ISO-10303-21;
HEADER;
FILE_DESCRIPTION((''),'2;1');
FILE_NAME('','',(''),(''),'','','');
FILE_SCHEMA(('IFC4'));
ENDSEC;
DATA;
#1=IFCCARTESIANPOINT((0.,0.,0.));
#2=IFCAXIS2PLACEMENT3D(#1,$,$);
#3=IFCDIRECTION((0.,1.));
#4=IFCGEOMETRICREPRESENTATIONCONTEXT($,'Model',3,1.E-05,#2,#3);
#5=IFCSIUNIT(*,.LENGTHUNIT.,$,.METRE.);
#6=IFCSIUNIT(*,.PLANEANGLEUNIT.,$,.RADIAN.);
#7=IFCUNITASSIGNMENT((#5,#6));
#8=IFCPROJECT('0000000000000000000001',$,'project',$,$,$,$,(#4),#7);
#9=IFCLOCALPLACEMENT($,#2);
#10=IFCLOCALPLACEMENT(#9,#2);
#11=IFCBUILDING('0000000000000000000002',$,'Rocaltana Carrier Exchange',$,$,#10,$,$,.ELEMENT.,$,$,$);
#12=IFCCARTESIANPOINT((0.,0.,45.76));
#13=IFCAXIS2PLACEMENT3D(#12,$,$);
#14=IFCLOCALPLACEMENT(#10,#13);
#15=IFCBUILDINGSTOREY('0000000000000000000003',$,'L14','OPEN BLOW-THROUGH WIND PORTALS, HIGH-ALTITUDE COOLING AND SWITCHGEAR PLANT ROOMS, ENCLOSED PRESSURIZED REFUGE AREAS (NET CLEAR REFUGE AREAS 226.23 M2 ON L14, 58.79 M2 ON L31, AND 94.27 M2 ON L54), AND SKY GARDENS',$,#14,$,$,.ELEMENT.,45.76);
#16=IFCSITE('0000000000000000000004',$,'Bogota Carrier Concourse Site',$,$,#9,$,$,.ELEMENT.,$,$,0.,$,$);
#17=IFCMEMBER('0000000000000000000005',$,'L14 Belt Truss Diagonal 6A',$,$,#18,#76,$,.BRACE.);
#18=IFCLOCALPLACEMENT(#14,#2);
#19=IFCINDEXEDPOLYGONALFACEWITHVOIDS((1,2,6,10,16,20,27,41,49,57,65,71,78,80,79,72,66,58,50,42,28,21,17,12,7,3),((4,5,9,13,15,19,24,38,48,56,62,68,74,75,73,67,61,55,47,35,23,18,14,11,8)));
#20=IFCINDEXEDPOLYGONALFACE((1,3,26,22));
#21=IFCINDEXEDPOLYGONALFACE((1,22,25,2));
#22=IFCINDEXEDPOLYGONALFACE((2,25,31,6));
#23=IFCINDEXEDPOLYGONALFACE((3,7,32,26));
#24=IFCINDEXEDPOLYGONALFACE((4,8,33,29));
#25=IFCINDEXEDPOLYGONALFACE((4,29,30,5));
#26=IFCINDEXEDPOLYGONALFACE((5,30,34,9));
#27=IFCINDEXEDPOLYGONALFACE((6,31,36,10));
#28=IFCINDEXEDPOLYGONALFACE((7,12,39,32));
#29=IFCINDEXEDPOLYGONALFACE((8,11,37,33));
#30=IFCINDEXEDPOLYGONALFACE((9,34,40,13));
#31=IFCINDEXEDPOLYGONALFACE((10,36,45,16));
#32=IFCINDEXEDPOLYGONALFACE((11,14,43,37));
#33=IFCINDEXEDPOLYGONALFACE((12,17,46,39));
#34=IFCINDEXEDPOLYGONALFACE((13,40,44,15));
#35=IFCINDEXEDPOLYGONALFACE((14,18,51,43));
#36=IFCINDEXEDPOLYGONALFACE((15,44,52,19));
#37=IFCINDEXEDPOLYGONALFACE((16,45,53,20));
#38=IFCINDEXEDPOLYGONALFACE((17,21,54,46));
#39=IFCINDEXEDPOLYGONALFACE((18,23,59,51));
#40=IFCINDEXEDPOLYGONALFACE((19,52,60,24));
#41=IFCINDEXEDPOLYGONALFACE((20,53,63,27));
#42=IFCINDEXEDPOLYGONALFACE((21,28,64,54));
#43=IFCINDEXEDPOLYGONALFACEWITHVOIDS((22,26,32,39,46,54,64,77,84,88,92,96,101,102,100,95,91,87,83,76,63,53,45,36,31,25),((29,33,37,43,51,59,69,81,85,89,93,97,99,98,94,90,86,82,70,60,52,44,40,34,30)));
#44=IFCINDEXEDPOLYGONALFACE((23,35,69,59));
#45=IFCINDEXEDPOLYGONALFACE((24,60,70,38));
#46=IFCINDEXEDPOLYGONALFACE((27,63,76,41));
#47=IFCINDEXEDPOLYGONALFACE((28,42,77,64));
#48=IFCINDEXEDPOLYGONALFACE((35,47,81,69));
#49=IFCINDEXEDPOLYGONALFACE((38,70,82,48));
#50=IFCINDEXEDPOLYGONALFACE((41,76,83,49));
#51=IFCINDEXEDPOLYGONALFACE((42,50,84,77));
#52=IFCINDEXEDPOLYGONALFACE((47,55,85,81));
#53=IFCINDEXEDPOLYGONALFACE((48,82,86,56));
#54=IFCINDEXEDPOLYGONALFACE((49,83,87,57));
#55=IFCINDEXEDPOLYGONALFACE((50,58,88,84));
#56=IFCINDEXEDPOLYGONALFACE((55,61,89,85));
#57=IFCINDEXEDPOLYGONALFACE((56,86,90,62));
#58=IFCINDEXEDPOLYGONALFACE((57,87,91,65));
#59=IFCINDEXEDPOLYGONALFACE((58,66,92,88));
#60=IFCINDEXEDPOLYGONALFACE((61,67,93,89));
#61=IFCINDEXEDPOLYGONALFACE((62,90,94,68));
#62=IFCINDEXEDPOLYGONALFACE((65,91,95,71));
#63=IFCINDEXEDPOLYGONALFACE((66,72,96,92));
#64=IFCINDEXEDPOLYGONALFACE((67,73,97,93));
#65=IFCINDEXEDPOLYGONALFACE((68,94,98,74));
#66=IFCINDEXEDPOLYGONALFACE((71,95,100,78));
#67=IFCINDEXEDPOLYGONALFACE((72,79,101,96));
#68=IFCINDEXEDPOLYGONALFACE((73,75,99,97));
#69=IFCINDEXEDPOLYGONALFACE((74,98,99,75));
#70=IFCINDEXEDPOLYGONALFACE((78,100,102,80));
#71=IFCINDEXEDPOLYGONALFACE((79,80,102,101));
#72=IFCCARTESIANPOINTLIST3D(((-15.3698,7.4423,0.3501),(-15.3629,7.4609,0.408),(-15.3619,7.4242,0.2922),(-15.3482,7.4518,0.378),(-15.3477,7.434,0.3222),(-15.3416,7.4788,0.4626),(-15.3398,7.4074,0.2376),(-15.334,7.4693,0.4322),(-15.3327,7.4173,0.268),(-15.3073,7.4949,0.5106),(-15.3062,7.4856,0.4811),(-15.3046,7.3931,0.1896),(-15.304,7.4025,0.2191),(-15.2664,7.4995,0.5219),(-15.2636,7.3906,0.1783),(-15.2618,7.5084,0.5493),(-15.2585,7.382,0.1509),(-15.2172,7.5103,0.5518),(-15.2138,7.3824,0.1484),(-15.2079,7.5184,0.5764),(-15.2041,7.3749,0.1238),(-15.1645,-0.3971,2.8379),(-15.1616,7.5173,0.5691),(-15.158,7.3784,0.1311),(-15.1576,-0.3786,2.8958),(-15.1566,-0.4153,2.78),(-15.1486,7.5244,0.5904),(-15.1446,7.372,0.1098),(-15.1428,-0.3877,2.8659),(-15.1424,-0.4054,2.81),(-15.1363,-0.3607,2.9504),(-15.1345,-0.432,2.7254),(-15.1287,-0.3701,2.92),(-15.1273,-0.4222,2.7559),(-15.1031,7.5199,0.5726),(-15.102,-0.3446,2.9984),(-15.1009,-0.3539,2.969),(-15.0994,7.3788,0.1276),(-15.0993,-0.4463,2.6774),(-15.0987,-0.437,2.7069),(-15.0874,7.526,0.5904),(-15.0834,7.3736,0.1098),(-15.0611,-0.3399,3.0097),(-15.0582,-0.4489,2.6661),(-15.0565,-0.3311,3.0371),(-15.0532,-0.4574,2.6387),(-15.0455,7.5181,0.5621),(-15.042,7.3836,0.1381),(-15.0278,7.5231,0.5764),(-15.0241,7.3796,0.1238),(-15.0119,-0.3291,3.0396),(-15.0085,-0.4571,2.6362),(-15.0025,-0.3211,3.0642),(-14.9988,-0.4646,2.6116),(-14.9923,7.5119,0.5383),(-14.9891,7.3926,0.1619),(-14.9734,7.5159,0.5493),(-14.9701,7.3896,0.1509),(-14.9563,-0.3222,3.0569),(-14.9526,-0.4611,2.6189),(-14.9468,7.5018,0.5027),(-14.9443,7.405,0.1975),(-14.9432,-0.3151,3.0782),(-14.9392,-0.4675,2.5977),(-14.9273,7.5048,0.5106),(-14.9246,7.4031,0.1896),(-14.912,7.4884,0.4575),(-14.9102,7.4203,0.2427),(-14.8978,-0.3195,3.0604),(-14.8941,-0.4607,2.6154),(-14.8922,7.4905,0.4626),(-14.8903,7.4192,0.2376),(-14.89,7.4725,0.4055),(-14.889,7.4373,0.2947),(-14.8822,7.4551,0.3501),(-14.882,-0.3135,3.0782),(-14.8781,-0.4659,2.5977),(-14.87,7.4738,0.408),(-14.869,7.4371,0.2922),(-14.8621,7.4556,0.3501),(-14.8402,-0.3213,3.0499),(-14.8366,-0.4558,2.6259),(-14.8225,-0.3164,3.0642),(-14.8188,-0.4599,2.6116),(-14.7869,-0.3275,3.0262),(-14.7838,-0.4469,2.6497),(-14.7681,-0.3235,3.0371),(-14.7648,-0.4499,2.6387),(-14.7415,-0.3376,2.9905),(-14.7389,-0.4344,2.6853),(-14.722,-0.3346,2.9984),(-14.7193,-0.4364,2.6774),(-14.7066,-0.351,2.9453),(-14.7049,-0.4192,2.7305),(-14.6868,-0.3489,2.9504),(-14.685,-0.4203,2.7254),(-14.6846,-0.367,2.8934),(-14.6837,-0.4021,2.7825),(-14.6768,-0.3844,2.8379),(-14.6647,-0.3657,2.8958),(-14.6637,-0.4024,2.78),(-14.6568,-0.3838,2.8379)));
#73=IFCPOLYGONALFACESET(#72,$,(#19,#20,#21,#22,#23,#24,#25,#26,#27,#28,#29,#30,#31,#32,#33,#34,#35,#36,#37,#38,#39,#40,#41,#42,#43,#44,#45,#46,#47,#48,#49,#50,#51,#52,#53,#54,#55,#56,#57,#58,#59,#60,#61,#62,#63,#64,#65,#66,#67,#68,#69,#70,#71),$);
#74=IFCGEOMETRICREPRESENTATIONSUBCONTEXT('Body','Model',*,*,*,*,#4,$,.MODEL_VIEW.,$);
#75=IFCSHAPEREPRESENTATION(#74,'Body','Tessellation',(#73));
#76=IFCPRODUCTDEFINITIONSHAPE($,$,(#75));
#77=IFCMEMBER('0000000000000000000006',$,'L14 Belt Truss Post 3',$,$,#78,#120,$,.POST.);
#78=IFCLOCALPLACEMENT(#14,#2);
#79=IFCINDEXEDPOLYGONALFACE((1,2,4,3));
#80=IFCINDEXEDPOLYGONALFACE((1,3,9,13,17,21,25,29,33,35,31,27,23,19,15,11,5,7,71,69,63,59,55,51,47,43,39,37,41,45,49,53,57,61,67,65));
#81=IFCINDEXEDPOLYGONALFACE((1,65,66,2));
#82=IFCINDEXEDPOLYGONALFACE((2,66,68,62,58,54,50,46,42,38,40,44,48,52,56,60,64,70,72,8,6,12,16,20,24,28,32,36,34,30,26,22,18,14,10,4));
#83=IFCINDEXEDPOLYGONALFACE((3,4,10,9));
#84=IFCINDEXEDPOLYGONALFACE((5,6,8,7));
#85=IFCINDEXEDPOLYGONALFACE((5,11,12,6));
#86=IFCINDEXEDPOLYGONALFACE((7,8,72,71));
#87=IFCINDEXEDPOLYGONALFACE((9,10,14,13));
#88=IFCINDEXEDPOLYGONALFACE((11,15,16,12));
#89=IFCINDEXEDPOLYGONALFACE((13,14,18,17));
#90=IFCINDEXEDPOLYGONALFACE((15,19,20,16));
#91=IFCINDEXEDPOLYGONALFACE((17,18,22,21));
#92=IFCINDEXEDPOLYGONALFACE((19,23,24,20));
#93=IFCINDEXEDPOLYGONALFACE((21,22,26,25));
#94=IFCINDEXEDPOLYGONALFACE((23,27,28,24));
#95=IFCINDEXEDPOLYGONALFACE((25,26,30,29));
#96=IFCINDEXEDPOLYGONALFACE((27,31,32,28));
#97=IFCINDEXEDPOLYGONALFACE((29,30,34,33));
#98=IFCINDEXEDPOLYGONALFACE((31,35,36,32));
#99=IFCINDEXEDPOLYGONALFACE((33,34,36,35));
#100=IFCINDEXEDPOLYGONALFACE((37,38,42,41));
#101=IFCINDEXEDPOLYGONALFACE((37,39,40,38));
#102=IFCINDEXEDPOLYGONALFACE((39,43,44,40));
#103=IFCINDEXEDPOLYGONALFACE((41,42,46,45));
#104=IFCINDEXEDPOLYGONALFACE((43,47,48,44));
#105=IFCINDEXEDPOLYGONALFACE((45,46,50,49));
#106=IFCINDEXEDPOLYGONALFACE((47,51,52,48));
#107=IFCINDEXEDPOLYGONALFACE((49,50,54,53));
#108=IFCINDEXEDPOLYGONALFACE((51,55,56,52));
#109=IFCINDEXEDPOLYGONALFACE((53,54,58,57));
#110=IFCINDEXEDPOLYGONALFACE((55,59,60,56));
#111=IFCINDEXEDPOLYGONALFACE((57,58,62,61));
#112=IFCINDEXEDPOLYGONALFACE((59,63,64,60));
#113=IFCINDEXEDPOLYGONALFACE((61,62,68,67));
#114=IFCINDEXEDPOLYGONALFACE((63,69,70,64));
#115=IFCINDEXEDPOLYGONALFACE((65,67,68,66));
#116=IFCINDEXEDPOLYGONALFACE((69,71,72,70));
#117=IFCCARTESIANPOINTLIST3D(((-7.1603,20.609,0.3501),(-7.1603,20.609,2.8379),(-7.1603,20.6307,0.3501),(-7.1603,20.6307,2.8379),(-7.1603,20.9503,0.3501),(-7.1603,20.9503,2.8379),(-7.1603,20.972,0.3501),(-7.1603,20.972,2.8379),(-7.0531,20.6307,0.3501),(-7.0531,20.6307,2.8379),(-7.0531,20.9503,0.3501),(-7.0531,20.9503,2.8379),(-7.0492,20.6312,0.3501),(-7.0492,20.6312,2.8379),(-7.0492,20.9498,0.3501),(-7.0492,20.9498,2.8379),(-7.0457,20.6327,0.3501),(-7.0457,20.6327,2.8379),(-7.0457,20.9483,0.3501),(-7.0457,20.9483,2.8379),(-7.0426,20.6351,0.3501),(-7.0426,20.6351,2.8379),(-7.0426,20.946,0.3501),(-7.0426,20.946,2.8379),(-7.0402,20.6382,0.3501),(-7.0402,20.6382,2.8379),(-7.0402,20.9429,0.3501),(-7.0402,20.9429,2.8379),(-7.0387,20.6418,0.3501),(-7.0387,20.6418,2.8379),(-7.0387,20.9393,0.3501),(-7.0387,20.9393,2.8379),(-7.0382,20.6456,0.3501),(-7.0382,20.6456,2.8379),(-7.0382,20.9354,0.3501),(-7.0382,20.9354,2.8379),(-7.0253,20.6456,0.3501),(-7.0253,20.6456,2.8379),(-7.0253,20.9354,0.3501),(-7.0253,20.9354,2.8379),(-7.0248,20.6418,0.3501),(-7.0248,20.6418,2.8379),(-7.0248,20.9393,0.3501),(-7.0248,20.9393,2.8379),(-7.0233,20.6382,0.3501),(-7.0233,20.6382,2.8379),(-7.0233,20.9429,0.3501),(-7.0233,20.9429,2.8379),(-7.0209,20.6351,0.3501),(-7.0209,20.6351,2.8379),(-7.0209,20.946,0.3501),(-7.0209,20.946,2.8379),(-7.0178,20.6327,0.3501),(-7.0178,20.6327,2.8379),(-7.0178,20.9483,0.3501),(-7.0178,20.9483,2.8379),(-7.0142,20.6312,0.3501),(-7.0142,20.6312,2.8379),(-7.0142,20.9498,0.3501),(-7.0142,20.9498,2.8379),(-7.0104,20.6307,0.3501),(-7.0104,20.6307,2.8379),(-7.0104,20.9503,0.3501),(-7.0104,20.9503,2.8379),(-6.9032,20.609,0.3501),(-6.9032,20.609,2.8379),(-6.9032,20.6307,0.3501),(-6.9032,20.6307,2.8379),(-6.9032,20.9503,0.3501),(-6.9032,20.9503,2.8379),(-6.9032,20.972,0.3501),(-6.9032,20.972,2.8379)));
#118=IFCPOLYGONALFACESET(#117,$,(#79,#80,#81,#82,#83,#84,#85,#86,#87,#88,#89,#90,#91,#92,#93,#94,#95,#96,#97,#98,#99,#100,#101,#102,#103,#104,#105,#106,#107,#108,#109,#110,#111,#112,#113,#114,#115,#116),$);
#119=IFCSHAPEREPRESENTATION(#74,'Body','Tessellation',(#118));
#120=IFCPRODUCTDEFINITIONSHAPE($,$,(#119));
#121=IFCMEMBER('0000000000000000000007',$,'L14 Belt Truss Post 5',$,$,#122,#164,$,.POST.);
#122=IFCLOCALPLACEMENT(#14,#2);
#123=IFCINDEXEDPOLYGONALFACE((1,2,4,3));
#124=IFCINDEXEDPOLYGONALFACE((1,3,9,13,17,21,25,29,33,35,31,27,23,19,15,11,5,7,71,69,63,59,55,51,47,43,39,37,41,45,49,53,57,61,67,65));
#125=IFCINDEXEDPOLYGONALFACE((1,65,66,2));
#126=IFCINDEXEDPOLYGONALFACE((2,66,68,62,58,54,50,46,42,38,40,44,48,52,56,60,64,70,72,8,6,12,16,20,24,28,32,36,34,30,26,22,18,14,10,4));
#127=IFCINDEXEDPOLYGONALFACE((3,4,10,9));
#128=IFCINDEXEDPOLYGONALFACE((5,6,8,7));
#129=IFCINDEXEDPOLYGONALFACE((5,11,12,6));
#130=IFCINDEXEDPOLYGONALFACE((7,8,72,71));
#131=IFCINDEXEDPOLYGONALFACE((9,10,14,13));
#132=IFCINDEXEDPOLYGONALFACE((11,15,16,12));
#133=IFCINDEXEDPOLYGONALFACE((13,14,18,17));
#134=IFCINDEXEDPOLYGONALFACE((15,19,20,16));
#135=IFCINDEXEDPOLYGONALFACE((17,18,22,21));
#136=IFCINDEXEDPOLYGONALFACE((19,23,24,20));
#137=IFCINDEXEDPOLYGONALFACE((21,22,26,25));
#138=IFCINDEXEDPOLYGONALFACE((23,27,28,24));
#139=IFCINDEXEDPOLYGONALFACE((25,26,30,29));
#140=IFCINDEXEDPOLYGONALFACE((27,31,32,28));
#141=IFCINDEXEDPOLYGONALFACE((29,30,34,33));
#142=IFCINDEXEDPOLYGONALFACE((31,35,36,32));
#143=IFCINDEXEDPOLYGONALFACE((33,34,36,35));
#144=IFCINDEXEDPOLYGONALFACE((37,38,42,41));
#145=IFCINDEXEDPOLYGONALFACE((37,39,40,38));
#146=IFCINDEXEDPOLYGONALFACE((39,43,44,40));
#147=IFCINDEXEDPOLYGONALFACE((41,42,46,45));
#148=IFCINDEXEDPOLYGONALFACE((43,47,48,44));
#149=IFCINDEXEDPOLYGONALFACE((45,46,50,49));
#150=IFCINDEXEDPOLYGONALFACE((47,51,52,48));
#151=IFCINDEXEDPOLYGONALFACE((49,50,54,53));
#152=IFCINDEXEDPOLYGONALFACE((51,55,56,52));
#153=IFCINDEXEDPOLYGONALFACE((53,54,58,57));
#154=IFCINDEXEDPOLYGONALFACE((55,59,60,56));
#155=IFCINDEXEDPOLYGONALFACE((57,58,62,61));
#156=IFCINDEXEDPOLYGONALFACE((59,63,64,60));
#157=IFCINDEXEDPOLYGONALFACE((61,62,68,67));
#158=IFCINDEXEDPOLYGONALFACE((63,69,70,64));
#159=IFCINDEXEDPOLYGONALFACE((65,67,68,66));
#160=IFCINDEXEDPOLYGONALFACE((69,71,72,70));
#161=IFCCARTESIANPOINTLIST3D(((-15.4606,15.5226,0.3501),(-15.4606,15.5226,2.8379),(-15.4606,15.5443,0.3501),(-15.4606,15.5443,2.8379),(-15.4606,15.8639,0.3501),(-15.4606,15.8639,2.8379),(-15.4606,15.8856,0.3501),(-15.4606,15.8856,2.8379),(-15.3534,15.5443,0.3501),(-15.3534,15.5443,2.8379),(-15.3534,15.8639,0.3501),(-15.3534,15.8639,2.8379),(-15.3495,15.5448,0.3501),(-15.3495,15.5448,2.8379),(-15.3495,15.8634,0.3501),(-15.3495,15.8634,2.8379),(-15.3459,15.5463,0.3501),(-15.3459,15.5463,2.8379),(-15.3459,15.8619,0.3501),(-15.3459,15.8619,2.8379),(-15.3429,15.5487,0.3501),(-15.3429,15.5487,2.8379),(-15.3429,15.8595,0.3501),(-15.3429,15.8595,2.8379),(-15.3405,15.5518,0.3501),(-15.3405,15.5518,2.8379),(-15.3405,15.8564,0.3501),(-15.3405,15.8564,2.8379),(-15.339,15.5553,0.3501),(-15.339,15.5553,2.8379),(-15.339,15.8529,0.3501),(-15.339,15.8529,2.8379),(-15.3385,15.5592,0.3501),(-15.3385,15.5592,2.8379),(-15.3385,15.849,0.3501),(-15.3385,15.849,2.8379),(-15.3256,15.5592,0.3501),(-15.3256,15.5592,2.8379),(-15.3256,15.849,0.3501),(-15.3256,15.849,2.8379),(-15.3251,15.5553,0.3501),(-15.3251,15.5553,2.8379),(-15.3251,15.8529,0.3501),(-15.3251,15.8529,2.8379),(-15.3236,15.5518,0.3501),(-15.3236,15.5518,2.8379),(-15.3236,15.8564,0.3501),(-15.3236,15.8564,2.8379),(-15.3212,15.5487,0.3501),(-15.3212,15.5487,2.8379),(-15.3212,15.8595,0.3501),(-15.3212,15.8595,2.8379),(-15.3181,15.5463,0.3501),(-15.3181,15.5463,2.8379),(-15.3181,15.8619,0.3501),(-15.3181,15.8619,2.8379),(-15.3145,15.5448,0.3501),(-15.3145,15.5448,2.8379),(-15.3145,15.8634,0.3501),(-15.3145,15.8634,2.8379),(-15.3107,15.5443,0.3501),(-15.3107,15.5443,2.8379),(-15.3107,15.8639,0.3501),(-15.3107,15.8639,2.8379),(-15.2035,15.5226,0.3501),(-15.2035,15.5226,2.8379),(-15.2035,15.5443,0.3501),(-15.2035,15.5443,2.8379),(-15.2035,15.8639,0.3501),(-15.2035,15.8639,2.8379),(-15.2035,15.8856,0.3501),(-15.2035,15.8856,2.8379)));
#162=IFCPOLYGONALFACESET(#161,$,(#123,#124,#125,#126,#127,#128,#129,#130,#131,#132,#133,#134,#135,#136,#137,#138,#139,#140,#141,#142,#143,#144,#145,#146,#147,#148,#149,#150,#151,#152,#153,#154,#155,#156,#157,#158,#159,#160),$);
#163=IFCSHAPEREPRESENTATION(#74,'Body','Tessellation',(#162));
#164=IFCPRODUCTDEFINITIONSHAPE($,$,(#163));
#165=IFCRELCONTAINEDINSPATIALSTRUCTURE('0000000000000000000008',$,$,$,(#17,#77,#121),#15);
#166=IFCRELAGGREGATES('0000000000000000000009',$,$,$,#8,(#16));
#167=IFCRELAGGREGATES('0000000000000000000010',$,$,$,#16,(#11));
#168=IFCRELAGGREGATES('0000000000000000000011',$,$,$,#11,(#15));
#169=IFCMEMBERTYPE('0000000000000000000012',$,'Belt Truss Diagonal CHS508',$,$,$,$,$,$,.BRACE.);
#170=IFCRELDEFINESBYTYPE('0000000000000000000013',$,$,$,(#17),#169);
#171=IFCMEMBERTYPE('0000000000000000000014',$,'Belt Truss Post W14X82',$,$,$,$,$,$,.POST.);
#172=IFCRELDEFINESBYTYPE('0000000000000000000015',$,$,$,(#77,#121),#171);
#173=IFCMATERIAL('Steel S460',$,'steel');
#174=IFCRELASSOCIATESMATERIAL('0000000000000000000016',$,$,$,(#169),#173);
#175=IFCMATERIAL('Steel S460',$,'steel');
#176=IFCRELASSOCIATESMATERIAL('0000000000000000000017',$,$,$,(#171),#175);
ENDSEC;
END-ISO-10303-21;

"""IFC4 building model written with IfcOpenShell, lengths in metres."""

from ifc_helpers import new_model, si_unit, direction, frame, origin, origin_2d, place, context, subcontext, project, spatial, hollow_circle, i_section, extrude, material, material_profile, profile_set, type_object, element, save


model = new_model("IFC4")

# Units and contexts
model_context = context("Model", 3, precision=1e-05, world=origin(), true_north=direction((0.0, 1.0)))
body_context = subcontext(model_context, "Body", "Model", "MODEL_VIEW")
ifc_project = project(units=[si_unit("LENGTHUNIT", "METRE"), si_unit("PLANEANGLEUNIT", "RADIAN")], contexts=[model_context])

# Site, building, storey
site_placement = place(None, origin())
site = spatial("IfcSite", under=ifc_project, at=site_placement, Name="Bogota Carrier Concourse Site", CompositionType="ELEMENT", RefElevation=0.0)
building_placement = place(site_placement, origin())
building = spatial("IfcBuilding", under=site, at=building_placement, Name="Rocaltana Carrier Exchange", CompositionType="ELEMENT")
storey_placement = place(building_placement, frame((0.0, 0.0, 45.76)))
storey = spatial("IfcBuildingStorey", under=building, at=storey_placement, Name="L14", Description="OPEN BLOW-THROUGH WIND PORTALS, HIGH-ALTITUDE COOLING AND SWITCHGEAR PLANT ROOMS, ENCLOSED PRESSURIZED REFUGE AREAS (NET CLEAR REFUGE AREAS 226.23 M2 ON L14, 58.79 M2 ON L31, AND 94.27 M2 ON L54), AND SKY GARDENS", CompositionType="ELEMENT", Elevation=45.76)

# Members
ifc_material_1 = material(Name="Steel S460", Category="steel")
ifc_material_profile_1 = material_profile(ifc_material_1, hollow_circle(Radius=0.2539, WallThickness=0.02, at=origin_2d()), Name="CHS508X20")
ifc_profile_set_1 = profile_set([ifc_material_profile_1], Name="Steel S460")
member_type_1 = type_object("IfcMemberType", Name="Belt Truss Diagonal CHS508", PredefinedType="BRACE", material=ifc_profile_set_1)
for number, where, z_axis, x_axis, name in (
    (1, (-15.116, 7.449, 0.3501), (0.024957, -0.952859, 0.302386), (0.999657, 0.026182, 0.0), "L14 Belt Truss Diagonal 6A"),
):
    element("IfcMember", number, at=place(storey_placement, frame(where, z_axis=z_axis, x_axis=x_axis)), inside=storey, type_object=member_type_1, Name=name, PredefinedType="BRACE", context=body_context, shape_type="SweptSolid", body=[
        extrude(hollow_circle(Radius=0.2539, WallThickness=0.02, at=origin_2d()), origin(), (0.0, 0.0, 1.0), 8.2273),
    ])
ifc_material_2 = material(Name="Steel S460", Category="steel")
ifc_material_profile_2 = material_profile(ifc_material_2, i_section(OverallWidth=0.2571, OverallDepth=0.363, WebThickness=0.0129, FlangeThickness=0.0217, FilletRadius=0.0149, at=origin_2d()), Name="W14X82")
ifc_profile_set_2 = profile_set([ifc_material_profile_2], Name="Steel S460")
member_type_2 = type_object("IfcMemberType", Name="Belt Truss Post W14X82", PredefinedType="POST", material=ifc_profile_set_2)
for number, where, z_axis, x_axis, name in (
    (2, (-7.0317, 20.7905, 0.3501), (0.0, 0.0, 1.0), (1.0, 0.0, 0.0), "L14 Belt Truss Post 3"),
    (3, (-15.332, 15.7041, 0.3501), (0.0, 0.0, 1.0), (1.0, 0.0, 0.0), "L14 Belt Truss Post 5"),
):
    element("IfcMember", number, at=place(storey_placement, frame(where, z_axis=z_axis, x_axis=x_axis)), inside=storey, type_object=member_type_2, Name=name, PredefinedType="POST", context=body_context, shape_type="SweptSolid", body=[
        extrude(i_section(OverallWidth=0.2571, OverallDepth=0.363, WebThickness=0.0129, FlangeThickness=0.0217, FilletRadius=0.0149, at=origin_2d()), origin(), (0.0, 0.0, 1.0), 2.4878),
    ])

save(model, "model.ifc")
